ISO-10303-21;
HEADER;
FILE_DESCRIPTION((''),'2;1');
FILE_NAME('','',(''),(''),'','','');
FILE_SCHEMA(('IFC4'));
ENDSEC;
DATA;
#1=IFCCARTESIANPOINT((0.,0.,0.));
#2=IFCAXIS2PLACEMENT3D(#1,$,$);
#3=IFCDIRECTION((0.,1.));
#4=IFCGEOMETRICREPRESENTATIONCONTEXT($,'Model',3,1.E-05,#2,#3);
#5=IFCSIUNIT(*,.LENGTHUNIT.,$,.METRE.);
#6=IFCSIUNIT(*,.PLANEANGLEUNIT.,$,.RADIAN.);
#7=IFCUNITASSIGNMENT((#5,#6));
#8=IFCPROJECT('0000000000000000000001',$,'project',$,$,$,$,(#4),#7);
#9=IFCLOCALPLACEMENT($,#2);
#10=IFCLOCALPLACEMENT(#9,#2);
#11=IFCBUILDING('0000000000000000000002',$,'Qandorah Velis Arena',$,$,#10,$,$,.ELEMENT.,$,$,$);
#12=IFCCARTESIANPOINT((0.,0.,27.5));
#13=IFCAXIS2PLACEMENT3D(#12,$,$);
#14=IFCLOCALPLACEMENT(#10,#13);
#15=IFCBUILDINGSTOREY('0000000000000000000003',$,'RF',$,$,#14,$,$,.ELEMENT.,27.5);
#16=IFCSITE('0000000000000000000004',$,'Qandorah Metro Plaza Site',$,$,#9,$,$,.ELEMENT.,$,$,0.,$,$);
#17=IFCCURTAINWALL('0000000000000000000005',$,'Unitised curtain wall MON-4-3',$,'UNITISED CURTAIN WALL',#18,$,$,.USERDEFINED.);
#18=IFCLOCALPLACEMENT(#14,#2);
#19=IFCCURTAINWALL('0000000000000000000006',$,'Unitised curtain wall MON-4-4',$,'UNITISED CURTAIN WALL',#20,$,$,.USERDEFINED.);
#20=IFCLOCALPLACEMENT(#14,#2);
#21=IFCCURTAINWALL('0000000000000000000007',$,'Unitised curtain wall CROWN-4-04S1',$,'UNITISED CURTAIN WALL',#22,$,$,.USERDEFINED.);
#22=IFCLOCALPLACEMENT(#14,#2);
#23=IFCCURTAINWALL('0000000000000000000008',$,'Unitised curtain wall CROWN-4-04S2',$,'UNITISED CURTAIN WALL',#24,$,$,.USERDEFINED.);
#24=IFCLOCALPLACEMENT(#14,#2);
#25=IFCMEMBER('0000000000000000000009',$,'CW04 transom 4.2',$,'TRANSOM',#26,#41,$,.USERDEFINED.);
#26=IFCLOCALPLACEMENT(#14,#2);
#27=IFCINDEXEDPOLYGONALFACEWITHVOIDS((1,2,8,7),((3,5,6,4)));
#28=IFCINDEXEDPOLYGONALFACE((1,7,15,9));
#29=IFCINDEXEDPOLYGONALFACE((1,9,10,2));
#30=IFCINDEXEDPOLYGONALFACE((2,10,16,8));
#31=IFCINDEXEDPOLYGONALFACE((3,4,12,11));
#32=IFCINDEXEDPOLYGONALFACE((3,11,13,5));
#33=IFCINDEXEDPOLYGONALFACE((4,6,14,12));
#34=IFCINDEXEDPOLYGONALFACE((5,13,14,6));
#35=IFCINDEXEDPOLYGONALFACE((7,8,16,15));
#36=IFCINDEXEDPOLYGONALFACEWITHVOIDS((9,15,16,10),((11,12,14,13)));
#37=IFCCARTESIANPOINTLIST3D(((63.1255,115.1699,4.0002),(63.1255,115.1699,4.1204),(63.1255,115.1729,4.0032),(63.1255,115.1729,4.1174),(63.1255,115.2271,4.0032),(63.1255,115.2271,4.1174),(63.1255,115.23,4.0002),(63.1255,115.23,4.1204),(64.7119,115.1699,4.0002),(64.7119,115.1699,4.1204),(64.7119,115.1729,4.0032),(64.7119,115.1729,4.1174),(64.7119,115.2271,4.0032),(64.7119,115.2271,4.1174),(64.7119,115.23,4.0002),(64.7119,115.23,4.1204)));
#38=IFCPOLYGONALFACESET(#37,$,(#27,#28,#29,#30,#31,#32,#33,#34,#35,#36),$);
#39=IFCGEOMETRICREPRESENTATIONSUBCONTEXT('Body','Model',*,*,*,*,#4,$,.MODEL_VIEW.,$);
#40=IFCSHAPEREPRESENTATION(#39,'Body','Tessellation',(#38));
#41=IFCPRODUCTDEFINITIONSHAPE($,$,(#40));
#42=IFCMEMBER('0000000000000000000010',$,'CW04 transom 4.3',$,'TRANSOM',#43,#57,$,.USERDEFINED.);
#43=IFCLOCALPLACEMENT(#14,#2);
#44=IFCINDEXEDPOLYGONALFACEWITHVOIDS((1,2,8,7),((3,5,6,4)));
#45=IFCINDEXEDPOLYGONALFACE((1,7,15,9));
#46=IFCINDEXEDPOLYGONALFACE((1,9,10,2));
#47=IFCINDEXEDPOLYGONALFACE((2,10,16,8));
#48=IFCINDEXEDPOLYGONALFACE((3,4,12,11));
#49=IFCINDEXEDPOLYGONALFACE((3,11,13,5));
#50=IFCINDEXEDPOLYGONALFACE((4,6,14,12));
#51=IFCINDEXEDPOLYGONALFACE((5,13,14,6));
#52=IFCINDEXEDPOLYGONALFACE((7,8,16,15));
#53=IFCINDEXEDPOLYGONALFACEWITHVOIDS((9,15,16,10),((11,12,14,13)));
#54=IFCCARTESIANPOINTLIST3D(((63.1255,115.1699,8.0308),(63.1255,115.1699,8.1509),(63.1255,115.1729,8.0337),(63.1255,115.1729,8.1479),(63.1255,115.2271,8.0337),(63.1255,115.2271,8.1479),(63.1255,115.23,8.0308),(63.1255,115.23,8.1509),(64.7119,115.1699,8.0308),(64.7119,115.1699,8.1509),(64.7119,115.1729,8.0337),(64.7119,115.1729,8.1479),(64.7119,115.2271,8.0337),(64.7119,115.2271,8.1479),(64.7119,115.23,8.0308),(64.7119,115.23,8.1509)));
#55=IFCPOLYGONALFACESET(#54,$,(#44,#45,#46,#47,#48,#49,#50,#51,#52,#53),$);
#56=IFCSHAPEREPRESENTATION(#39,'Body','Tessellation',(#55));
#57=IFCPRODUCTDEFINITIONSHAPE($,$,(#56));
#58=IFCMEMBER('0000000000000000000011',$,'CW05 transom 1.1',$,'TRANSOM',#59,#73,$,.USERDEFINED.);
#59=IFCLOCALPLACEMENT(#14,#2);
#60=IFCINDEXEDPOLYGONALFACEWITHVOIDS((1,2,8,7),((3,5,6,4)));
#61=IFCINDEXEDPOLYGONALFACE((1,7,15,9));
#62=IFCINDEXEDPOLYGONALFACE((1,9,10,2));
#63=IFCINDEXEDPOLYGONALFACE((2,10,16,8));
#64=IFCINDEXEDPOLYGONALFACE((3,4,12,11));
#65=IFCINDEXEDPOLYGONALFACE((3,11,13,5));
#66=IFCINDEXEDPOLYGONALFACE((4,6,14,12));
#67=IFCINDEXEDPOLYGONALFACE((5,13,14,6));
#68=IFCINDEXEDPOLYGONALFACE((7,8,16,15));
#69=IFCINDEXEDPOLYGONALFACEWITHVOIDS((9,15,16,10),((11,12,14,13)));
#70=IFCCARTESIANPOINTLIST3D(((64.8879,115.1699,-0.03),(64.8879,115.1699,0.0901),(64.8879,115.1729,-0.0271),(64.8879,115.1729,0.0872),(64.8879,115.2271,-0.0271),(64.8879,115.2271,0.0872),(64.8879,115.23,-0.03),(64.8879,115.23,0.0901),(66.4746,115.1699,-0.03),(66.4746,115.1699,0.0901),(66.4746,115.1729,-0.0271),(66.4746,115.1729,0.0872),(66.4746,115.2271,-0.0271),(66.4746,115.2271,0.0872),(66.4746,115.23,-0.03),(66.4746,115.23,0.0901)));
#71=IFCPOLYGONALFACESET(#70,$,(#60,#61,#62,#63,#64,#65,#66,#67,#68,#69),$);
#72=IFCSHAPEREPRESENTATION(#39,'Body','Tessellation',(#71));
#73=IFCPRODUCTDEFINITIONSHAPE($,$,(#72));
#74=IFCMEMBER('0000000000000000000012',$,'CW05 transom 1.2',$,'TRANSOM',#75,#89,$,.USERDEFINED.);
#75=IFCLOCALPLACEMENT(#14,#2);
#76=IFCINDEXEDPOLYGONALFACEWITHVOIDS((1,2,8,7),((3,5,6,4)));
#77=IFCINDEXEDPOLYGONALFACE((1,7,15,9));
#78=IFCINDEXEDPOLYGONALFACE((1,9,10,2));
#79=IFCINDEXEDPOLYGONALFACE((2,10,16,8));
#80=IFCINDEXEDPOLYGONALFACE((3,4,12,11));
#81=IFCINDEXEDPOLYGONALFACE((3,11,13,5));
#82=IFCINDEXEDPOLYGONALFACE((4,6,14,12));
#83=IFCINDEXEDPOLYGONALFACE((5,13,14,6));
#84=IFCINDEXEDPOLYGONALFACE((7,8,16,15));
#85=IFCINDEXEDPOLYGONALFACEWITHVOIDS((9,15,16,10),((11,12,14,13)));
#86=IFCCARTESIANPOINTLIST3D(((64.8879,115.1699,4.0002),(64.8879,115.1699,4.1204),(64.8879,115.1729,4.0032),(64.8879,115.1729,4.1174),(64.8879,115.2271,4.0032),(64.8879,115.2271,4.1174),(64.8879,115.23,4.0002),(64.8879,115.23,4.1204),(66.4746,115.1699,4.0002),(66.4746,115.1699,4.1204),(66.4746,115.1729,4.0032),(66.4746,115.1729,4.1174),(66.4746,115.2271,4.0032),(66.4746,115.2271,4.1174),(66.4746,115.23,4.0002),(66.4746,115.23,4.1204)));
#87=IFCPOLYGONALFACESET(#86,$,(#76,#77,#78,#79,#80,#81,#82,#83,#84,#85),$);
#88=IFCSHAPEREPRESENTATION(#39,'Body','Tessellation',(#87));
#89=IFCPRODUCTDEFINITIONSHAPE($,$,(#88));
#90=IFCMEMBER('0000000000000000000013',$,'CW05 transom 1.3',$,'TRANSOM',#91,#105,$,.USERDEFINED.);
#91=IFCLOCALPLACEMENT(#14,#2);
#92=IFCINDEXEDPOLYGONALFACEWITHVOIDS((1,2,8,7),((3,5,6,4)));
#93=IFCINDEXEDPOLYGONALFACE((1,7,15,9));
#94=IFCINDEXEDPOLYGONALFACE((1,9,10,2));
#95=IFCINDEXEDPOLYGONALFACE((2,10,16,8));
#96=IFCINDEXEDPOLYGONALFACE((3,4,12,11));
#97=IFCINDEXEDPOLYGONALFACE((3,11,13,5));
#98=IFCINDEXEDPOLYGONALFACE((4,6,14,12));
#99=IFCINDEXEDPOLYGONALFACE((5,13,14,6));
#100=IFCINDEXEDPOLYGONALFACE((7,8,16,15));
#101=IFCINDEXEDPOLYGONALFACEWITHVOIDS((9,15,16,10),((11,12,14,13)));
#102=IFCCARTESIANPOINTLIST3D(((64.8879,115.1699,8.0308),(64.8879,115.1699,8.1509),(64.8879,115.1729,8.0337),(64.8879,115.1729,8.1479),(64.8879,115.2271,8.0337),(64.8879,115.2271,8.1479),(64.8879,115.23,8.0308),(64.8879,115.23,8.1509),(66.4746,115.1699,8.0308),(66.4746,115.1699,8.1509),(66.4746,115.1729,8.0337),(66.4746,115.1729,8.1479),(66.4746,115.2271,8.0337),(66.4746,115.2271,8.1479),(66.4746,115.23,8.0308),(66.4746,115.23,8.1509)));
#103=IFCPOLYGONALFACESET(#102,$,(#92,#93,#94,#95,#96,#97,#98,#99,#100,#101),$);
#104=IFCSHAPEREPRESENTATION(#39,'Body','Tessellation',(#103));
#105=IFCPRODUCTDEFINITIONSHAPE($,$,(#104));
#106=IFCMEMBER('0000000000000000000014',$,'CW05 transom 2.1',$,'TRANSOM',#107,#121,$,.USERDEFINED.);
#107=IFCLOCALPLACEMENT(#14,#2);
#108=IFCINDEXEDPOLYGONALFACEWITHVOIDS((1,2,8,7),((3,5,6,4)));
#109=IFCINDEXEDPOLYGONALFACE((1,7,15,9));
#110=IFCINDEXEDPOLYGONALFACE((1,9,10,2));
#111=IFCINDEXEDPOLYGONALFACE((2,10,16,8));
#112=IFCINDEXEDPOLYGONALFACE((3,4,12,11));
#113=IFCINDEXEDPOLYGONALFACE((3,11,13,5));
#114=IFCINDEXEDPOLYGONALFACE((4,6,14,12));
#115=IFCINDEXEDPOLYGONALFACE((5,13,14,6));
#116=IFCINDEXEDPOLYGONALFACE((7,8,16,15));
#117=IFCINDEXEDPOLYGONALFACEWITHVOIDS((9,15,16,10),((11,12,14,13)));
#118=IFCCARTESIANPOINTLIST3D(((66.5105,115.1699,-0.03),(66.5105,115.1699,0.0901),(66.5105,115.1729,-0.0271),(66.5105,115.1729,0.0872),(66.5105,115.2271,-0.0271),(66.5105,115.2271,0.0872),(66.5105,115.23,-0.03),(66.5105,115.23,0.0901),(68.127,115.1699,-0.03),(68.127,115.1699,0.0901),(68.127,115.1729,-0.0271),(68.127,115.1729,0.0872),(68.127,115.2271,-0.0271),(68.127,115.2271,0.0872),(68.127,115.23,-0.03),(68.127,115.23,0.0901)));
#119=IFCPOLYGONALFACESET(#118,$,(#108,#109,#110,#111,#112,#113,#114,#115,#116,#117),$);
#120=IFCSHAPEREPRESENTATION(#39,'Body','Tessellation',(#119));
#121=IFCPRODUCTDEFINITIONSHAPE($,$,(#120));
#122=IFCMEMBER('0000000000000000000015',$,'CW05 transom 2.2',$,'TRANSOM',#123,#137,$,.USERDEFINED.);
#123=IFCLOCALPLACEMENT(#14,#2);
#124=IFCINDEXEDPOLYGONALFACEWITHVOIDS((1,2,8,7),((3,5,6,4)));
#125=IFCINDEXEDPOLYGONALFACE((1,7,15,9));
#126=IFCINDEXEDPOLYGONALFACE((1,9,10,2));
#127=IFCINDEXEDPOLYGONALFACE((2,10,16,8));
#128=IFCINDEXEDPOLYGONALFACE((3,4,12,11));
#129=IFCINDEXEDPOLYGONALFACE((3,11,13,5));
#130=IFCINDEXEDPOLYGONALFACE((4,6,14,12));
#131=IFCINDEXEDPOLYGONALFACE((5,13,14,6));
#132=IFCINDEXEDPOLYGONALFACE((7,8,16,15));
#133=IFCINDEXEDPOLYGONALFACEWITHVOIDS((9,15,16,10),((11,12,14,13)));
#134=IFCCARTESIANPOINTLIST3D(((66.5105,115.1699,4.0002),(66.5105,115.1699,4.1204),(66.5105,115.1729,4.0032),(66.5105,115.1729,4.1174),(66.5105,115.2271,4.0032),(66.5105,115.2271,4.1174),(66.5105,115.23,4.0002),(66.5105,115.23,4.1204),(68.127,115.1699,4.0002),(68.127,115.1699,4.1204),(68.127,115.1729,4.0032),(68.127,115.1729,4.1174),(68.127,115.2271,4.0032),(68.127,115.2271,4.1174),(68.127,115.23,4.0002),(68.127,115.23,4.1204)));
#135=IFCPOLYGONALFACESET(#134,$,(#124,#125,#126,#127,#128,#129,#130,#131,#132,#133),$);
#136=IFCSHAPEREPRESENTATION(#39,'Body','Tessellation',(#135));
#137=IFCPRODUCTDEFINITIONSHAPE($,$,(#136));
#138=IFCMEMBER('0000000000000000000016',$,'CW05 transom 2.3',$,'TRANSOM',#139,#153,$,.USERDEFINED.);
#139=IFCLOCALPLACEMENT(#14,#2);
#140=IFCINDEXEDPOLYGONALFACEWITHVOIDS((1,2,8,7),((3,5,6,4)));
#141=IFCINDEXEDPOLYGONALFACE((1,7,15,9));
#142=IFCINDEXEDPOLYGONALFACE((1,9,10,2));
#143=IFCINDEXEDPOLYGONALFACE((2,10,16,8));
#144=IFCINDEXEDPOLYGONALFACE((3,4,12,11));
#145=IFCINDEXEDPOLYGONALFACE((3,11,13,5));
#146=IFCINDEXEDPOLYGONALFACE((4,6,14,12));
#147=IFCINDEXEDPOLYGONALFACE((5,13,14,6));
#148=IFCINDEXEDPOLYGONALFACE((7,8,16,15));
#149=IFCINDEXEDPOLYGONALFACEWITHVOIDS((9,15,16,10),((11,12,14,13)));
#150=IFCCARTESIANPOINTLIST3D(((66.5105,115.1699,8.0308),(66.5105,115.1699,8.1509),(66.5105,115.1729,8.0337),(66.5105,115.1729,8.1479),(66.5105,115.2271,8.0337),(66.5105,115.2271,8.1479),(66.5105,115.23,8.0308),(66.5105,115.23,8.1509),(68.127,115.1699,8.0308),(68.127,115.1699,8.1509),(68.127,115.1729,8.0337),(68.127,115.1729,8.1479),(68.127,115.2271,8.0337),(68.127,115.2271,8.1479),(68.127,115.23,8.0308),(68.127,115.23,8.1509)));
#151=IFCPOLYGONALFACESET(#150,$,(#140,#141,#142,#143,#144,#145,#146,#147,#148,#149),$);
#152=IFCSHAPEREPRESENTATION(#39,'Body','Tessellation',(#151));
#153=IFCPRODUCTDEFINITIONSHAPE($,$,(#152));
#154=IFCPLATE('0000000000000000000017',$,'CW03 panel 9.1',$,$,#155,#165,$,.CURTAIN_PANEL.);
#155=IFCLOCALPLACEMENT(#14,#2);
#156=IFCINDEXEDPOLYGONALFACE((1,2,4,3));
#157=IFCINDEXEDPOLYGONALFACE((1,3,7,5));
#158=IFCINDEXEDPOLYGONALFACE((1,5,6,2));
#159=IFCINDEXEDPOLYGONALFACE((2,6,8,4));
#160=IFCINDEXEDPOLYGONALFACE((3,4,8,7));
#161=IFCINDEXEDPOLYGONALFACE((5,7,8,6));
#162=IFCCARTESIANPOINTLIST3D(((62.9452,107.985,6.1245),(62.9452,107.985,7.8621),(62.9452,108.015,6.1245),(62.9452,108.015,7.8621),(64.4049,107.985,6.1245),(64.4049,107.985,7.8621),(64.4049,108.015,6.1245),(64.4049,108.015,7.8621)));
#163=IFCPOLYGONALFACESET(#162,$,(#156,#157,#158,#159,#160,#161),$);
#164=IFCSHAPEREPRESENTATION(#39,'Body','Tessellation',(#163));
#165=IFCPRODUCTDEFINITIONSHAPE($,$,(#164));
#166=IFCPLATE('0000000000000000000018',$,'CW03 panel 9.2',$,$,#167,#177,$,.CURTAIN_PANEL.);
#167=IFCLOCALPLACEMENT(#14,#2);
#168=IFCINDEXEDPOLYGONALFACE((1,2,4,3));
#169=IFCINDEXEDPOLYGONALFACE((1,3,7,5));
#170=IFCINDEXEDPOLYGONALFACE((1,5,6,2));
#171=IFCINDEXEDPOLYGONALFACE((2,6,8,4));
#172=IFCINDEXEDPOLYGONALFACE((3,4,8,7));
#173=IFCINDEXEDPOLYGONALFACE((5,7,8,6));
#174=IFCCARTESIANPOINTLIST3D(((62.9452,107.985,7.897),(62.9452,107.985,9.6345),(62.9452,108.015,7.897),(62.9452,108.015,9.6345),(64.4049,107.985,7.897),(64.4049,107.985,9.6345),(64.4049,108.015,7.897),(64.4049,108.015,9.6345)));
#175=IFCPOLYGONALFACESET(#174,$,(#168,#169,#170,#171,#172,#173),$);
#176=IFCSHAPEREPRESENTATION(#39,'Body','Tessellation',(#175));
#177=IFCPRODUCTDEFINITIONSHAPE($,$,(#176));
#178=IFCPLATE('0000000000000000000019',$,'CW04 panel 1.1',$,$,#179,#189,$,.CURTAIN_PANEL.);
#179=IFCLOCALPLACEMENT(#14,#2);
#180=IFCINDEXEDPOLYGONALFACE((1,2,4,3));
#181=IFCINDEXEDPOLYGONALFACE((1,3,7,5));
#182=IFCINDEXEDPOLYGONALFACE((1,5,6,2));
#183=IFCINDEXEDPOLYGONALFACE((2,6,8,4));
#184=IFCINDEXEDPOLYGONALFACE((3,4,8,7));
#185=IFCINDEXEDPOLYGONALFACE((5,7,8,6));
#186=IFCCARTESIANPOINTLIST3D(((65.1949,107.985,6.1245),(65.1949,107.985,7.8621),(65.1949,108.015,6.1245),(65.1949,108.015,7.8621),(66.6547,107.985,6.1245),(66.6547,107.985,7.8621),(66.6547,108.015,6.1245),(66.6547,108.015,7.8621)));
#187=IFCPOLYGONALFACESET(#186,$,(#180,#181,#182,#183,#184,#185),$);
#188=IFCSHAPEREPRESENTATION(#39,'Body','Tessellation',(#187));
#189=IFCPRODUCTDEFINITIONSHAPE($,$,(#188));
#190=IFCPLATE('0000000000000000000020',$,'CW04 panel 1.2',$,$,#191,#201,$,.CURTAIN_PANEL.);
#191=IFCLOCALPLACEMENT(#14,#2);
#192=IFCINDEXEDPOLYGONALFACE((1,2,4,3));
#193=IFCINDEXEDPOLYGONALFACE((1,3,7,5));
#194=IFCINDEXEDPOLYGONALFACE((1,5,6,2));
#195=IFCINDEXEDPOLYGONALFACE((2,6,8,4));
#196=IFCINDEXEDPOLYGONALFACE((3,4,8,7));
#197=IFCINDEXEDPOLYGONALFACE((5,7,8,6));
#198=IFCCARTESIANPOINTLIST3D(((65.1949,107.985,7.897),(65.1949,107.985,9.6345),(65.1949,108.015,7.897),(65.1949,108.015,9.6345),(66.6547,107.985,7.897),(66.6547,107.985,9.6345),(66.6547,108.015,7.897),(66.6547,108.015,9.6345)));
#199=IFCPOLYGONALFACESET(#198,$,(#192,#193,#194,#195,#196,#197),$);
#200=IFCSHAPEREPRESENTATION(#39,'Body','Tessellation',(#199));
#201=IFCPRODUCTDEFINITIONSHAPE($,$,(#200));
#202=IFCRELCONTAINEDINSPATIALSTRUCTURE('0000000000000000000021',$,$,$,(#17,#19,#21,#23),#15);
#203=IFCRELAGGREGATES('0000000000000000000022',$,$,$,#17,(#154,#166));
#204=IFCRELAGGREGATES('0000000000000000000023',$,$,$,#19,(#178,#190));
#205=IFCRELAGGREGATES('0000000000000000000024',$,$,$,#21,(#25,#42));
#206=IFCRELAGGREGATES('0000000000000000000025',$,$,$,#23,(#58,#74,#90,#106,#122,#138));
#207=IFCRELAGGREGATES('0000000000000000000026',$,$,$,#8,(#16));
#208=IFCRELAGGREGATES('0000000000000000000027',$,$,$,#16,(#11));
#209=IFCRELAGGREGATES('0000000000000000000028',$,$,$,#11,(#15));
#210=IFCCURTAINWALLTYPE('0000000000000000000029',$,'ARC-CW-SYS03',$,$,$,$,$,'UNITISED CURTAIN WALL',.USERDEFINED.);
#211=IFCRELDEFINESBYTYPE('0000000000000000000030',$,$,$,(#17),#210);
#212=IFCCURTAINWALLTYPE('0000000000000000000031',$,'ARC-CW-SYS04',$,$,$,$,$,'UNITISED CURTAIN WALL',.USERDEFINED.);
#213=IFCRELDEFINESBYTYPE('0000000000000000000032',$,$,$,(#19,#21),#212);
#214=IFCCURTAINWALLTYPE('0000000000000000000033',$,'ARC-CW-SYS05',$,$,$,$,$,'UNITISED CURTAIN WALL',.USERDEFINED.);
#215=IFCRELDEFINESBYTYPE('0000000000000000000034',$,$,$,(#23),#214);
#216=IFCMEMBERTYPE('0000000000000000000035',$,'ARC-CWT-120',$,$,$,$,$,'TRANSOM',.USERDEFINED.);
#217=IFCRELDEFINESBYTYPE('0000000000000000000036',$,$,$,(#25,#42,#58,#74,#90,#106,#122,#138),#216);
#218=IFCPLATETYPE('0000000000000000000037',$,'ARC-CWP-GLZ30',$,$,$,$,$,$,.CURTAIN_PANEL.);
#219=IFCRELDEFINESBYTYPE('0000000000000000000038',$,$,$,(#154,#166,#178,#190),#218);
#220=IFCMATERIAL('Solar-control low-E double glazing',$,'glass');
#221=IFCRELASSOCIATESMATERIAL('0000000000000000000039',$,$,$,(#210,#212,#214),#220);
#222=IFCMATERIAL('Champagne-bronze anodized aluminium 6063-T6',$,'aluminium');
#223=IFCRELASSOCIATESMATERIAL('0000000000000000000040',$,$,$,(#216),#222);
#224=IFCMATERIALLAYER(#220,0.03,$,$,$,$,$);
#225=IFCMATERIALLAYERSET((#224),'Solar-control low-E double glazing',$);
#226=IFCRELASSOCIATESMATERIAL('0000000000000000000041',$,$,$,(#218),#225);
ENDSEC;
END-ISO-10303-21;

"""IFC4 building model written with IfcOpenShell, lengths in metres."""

from ifc_helpers import new_model, si_unit, direction, frame, origin, origin_2d, place, context, subcontext, project, spatial, rectangle, hollow_rectangle, extrude, material, layer, layer_set, material_profile, profile_set, type_object, element, aggregate, save


model = new_model("IFC4")

# Units and contexts
model_context = context("Model", 3, precision=1e-05, world=origin(), true_north=direction((0.0, 1.0)))
body_context = subcontext(model_context, "Body", "Model", "MODEL_VIEW")
ifc_project = project(units=[si_unit("LENGTHUNIT", "METRE"), si_unit("PLANEANGLEUNIT", "RADIAN")], contexts=[model_context])

# Site, building, storey
site_placement = place(None, origin())
site = spatial("IfcSite", under=ifc_project, at=site_placement, Name="Qandorah Metro Plaza Site", CompositionType="ELEMENT", RefElevation=0.0)
building_placement = place(site_placement, origin())
building = spatial("IfcBuilding", under=site, at=building_placement, Name="Qandorah Velis Arena", CompositionType="ELEMENT")
storey_placement = place(building_placement, frame((0.0, 0.0, 27.5)))
storey = spatial("IfcBuildingStorey", under=building, at=storey_placement, Name="RF", CompositionType="ELEMENT", Elevation=27.5)

# Curtain walls
ifc_material_1 = material(Name="Solar-control low-E double glazing", Category="glass")
curtain_wall_type_1 = type_object("IfcCurtainWallType", Name="ARC-CW-SYS03", ElementType="UNITISED CURTAIN WALL", PredefinedType="USERDEFINED", material=ifc_material_1)
curtain_wall_1_placement = place(storey_placement, origin())
curtain_wall_1 = element("IfcCurtainWall", 1, at=curtain_wall_1_placement, inside=storey, type_object=curtain_wall_type_1, Name="Unitised curtain wall MON-4-3", ObjectType="UNITISED CURTAIN WALL", PredefinedType="USERDEFINED")
ifc_material_2 = material(Name="Champagne-bronze anodized aluminium 6063-T6", Category="aluminium")
curtain_wall_type_2 = type_object("IfcCurtainWallType", Name="ARC-CW-SYS04", ElementType="UNITISED CURTAIN WALL", PredefinedType="USERDEFINED", material=ifc_material_1)
curtain_wall_2_placement = place(storey_placement, origin())
curtain_wall_2 = element("IfcCurtainWall", 2, at=curtain_wall_2_placement, inside=storey, type_object=curtain_wall_type_2, Name="Unitised curtain wall MON-4-4", ObjectType="UNITISED CURTAIN WALL", PredefinedType="USERDEFINED")
curtain_wall_3_placement = place(storey_placement, origin())
curtain_wall_3 = element("IfcCurtainWall", 3, at=curtain_wall_3_placement, inside=storey, type_object=curtain_wall_type_2, Name="Unitised curtain wall CROWN-4-04S1", ObjectType="UNITISED CURTAIN WALL", PredefinedType="USERDEFINED")
curtain_wall_type_3 = type_object("IfcCurtainWallType", Name="ARC-CW-SYS05", ElementType="UNITISED CURTAIN WALL", PredefinedType="USERDEFINED", material=ifc_material_1)
curtain_wall_4_placement = place(storey_placement, origin())
curtain_wall_4 = element("IfcCurtainWall", 4, at=curtain_wall_4_placement, inside=storey, type_object=curtain_wall_type_3, Name="Unitised curtain wall CROWN-4-04S2", ObjectType="UNITISED CURTAIN WALL", PredefinedType="USERDEFINED")

# Members
ifc_material_profile_1 = material_profile(ifc_material_2, hollow_rectangle(XDim=0.0601, YDim=0.1201, WallThickness=0.0029, at=origin_2d()), Name="ALU TRANSOM 60x120")
ifc_profile_set_1 = profile_set([ifc_material_profile_1], Name="Champagne-bronze anodized aluminium 6063-T6")
member_type_1 = type_object("IfcMemberType", Name="ARC-CWT-120", ElementType="TRANSOM", PredefinedType="USERDEFINED", material=ifc_profile_set_1)
member_1_placement = place(storey_placement, frame((63.1255, 115.2, 4.0603), z_axis=(1.0, 0.0, 0.0), x_axis=(0.0, 1.0, 0.0)))
member_1 = element("IfcMember", 5, at=member_1_placement, type_object=member_type_1, Name="CW04 transom 4.2", ObjectType="TRANSOM", PredefinedType="USERDEFINED", context=body_context, shape_type="SweptSolid", body=[
    extrude(hollow_rectangle(XDim=0.0601, YDim=0.1201, WallThickness=0.0029, at=origin_2d()), origin(), (0.0, 0.0, 1.0), 1.5864),
])
member_2_placement = place(storey_placement, frame((63.1255, 115.2, 8.0908), z_axis=(1.0, 0.0, 0.0), x_axis=(0.0, 1.0, 0.0)))
member_2 = element("IfcMember", 6, at=member_2_placement, type_object=member_type_1, Name="CW04 transom 4.3", ObjectType="TRANSOM", PredefinedType="USERDEFINED", context=body_context, shape_type="SweptSolid", body=[
    extrude(hollow_rectangle(XDim=0.0601, YDim=0.1201, WallThickness=0.0029, at=origin_2d()), origin(), (0.0, 0.0, 1.0), 1.5864),
])
member_3_placement = place(storey_placement, frame((64.8879, 115.2, 0.03), z_axis=(1.0, 0.0, 0.0), x_axis=(0.0, 1.0, 0.0)))
member_3 = element("IfcMember", 7, at=member_3_placement, type_object=member_type_1, Name="CW05 transom 1.1", ObjectType="TRANSOM", PredefinedType="USERDEFINED", context=body_context, shape_type="SweptSolid", body=[
    extrude(hollow_rectangle(XDim=0.0601, YDim=0.1201, WallThickness=0.0029, at=origin_2d()), origin(), (0.0, 0.0, 1.0), 1.5867),
])
member_4_placement = place(storey_placement, frame((64.8879, 115.2, 4.0603), z_axis=(1.0, 0.0, 0.0), x_axis=(0.0, 1.0, 0.0)))
member_4 = element("IfcMember", 8, at=member_4_placement, type_object=member_type_1, Name="CW05 transom 1.2", ObjectType="TRANSOM", PredefinedType="USERDEFINED", context=body_context, shape_type="SweptSolid", body=[
    extrude(hollow_rectangle(XDim=0.0601, YDim=0.1201, WallThickness=0.0029, at=origin_2d()), origin(), (0.0, 0.0, 1.0), 1.5867),
])
member_5_placement = place(storey_placement, frame((64.8879, 115.2, 8.0908), z_axis=(1.0, 0.0, 0.0), x_axis=(0.0, 1.0, 0.0)))
member_5 = element("IfcMember", 9, at=member_5_placement, type_object=member_type_1, Name="CW05 transom 1.3", ObjectType="TRANSOM", PredefinedType="USERDEFINED", context=body_context, shape_type="SweptSolid", body=[
    extrude(hollow_rectangle(XDim=0.0601, YDim=0.1201, WallThickness=0.0029, at=origin_2d()), origin(), (0.0, 0.0, 1.0), 1.5867),
])
member_6_placement = place(storey_placement, frame((66.5105, 115.2, 0.03), z_axis=(1.0, 0.0, 0.0), x_axis=(0.0, 1.0, 0.0)))
member_6 = element("IfcMember", 10, at=member_6_placement, type_object=member_type_1, Name="CW05 transom 2.1", ObjectType="TRANSOM", PredefinedType="USERDEFINED", context=body_context, shape_type="SweptSolid", body=[
    extrude(hollow_rectangle(XDim=0.0601, YDim=0.1201, WallThickness=0.0029, at=origin_2d()), origin(), (0.0, 0.0, 1.0), 1.6165),
])
member_7_placement = place(storey_placement, frame((66.5105, 115.2, 4.0603), z_axis=(1.0, 0.0, 0.0), x_axis=(0.0, 1.0, 0.0)))
member_7 = element("IfcMember", 11, at=member_7_placement, type_object=member_type_1, Name="CW05 transom 2.2", ObjectType="TRANSOM", PredefinedType="USERDEFINED", context=body_context, shape_type="SweptSolid", body=[
    extrude(hollow_rectangle(XDim=0.0601, YDim=0.1201, WallThickness=0.0029, at=origin_2d()), origin(), (0.0, 0.0, 1.0), 1.6165),
])
member_8_placement = place(storey_placement, frame((66.5105, 115.2, 8.0908), z_axis=(1.0, 0.0, 0.0), x_axis=(0.0, 1.0, 0.0)))
member_8 = element("IfcMember", 12, at=member_8_placement, type_object=member_type_1, Name="CW05 transom 2.3", ObjectType="TRANSOM", PredefinedType="USERDEFINED", context=body_context, shape_type="SweptSolid", body=[
    extrude(hollow_rectangle(XDim=0.0601, YDim=0.1201, WallThickness=0.0029, at=origin_2d()), origin(), (0.0, 0.0, 1.0), 1.6165),
])

# Plates
ifc_layer_1 = layer(ifc_material_1, 0.03)
ifc_layer_set_1 = layer_set([ifc_layer_1], Name="Solar-control low-E double glazing")
plate_type_1 = type_object("IfcPlateType", Name="ARC-CWP-GLZ30", PredefinedType="CURTAIN_PANEL", material=ifc_layer_set_1)
plate_1_placement = place(storey_placement, frame((63.675, 108.0, 6.1245), z_axis=(0.0, 0.0, 1.0), x_axis=(1.0, 0.0, 0.0)))
plate_1 = element("IfcPlate", 13, at=plate_1_placement, type_object=plate_type_1, Name="CW03 panel 9.1", PredefinedType="CURTAIN_PANEL", context=body_context, shape_type="SweptSolid", body=[
    extrude(rectangle(XDim=1.4597, YDim=0.03, at=origin_2d()), origin(), (0.0, 0.0, 1.0), 1.7375),
])
plate_2_placement = place(storey_placement, frame((63.675, 108.0, 7.897), z_axis=(0.0, 0.0, 1.0), x_axis=(1.0, 0.0, 0.0)))
plate_2 = element("IfcPlate", 14, at=plate_2_placement, type_object=plate_type_1, Name="CW03 panel 9.2", PredefinedType="CURTAIN_PANEL", context=body_context, shape_type="SweptSolid", body=[
    extrude(rectangle(XDim=1.4597, YDim=0.03, at=origin_2d()), origin(), (0.0, 0.0, 1.0), 1.7375),
])
aggregate(curtain_wall_1, [plate_1, plate_2])
plate_3_placement = place(storey_placement, frame((65.9248, 108.0, 6.1245), z_axis=(0.0, 0.0, 1.0), x_axis=(1.0, 0.0, 0.0)))
plate_3 = element("IfcPlate", 15, at=plate_3_placement, type_object=plate_type_1, Name="CW04 panel 1.1", PredefinedType="CURTAIN_PANEL", context=body_context, shape_type="SweptSolid", body=[
    extrude(rectangle(XDim=1.4597, YDim=0.03, at=origin_2d()), origin(), (0.0, 0.0, 1.0), 1.7375),
])
plate_4_placement = place(storey_placement, frame((65.9248, 108.0, 7.897), z_axis=(0.0, 0.0, 1.0), x_axis=(1.0, 0.0, 0.0)))
plate_4 = element("IfcPlate", 16, at=plate_4_placement, type_object=plate_type_1, Name="CW04 panel 1.2", PredefinedType="CURTAIN_PANEL", context=body_context, shape_type="SweptSolid", body=[
    extrude(rectangle(XDim=1.4597, YDim=0.03, at=origin_2d()), origin(), (0.0, 0.0, 1.0), 1.7375),
])
aggregate(curtain_wall_2, [plate_3, plate_4])
aggregate(curtain_wall_3, [member_1, member_2])
aggregate(curtain_wall_4, [member_3, member_4, member_5, member_6, member_7, member_8])

save(model, "model.ifc")
